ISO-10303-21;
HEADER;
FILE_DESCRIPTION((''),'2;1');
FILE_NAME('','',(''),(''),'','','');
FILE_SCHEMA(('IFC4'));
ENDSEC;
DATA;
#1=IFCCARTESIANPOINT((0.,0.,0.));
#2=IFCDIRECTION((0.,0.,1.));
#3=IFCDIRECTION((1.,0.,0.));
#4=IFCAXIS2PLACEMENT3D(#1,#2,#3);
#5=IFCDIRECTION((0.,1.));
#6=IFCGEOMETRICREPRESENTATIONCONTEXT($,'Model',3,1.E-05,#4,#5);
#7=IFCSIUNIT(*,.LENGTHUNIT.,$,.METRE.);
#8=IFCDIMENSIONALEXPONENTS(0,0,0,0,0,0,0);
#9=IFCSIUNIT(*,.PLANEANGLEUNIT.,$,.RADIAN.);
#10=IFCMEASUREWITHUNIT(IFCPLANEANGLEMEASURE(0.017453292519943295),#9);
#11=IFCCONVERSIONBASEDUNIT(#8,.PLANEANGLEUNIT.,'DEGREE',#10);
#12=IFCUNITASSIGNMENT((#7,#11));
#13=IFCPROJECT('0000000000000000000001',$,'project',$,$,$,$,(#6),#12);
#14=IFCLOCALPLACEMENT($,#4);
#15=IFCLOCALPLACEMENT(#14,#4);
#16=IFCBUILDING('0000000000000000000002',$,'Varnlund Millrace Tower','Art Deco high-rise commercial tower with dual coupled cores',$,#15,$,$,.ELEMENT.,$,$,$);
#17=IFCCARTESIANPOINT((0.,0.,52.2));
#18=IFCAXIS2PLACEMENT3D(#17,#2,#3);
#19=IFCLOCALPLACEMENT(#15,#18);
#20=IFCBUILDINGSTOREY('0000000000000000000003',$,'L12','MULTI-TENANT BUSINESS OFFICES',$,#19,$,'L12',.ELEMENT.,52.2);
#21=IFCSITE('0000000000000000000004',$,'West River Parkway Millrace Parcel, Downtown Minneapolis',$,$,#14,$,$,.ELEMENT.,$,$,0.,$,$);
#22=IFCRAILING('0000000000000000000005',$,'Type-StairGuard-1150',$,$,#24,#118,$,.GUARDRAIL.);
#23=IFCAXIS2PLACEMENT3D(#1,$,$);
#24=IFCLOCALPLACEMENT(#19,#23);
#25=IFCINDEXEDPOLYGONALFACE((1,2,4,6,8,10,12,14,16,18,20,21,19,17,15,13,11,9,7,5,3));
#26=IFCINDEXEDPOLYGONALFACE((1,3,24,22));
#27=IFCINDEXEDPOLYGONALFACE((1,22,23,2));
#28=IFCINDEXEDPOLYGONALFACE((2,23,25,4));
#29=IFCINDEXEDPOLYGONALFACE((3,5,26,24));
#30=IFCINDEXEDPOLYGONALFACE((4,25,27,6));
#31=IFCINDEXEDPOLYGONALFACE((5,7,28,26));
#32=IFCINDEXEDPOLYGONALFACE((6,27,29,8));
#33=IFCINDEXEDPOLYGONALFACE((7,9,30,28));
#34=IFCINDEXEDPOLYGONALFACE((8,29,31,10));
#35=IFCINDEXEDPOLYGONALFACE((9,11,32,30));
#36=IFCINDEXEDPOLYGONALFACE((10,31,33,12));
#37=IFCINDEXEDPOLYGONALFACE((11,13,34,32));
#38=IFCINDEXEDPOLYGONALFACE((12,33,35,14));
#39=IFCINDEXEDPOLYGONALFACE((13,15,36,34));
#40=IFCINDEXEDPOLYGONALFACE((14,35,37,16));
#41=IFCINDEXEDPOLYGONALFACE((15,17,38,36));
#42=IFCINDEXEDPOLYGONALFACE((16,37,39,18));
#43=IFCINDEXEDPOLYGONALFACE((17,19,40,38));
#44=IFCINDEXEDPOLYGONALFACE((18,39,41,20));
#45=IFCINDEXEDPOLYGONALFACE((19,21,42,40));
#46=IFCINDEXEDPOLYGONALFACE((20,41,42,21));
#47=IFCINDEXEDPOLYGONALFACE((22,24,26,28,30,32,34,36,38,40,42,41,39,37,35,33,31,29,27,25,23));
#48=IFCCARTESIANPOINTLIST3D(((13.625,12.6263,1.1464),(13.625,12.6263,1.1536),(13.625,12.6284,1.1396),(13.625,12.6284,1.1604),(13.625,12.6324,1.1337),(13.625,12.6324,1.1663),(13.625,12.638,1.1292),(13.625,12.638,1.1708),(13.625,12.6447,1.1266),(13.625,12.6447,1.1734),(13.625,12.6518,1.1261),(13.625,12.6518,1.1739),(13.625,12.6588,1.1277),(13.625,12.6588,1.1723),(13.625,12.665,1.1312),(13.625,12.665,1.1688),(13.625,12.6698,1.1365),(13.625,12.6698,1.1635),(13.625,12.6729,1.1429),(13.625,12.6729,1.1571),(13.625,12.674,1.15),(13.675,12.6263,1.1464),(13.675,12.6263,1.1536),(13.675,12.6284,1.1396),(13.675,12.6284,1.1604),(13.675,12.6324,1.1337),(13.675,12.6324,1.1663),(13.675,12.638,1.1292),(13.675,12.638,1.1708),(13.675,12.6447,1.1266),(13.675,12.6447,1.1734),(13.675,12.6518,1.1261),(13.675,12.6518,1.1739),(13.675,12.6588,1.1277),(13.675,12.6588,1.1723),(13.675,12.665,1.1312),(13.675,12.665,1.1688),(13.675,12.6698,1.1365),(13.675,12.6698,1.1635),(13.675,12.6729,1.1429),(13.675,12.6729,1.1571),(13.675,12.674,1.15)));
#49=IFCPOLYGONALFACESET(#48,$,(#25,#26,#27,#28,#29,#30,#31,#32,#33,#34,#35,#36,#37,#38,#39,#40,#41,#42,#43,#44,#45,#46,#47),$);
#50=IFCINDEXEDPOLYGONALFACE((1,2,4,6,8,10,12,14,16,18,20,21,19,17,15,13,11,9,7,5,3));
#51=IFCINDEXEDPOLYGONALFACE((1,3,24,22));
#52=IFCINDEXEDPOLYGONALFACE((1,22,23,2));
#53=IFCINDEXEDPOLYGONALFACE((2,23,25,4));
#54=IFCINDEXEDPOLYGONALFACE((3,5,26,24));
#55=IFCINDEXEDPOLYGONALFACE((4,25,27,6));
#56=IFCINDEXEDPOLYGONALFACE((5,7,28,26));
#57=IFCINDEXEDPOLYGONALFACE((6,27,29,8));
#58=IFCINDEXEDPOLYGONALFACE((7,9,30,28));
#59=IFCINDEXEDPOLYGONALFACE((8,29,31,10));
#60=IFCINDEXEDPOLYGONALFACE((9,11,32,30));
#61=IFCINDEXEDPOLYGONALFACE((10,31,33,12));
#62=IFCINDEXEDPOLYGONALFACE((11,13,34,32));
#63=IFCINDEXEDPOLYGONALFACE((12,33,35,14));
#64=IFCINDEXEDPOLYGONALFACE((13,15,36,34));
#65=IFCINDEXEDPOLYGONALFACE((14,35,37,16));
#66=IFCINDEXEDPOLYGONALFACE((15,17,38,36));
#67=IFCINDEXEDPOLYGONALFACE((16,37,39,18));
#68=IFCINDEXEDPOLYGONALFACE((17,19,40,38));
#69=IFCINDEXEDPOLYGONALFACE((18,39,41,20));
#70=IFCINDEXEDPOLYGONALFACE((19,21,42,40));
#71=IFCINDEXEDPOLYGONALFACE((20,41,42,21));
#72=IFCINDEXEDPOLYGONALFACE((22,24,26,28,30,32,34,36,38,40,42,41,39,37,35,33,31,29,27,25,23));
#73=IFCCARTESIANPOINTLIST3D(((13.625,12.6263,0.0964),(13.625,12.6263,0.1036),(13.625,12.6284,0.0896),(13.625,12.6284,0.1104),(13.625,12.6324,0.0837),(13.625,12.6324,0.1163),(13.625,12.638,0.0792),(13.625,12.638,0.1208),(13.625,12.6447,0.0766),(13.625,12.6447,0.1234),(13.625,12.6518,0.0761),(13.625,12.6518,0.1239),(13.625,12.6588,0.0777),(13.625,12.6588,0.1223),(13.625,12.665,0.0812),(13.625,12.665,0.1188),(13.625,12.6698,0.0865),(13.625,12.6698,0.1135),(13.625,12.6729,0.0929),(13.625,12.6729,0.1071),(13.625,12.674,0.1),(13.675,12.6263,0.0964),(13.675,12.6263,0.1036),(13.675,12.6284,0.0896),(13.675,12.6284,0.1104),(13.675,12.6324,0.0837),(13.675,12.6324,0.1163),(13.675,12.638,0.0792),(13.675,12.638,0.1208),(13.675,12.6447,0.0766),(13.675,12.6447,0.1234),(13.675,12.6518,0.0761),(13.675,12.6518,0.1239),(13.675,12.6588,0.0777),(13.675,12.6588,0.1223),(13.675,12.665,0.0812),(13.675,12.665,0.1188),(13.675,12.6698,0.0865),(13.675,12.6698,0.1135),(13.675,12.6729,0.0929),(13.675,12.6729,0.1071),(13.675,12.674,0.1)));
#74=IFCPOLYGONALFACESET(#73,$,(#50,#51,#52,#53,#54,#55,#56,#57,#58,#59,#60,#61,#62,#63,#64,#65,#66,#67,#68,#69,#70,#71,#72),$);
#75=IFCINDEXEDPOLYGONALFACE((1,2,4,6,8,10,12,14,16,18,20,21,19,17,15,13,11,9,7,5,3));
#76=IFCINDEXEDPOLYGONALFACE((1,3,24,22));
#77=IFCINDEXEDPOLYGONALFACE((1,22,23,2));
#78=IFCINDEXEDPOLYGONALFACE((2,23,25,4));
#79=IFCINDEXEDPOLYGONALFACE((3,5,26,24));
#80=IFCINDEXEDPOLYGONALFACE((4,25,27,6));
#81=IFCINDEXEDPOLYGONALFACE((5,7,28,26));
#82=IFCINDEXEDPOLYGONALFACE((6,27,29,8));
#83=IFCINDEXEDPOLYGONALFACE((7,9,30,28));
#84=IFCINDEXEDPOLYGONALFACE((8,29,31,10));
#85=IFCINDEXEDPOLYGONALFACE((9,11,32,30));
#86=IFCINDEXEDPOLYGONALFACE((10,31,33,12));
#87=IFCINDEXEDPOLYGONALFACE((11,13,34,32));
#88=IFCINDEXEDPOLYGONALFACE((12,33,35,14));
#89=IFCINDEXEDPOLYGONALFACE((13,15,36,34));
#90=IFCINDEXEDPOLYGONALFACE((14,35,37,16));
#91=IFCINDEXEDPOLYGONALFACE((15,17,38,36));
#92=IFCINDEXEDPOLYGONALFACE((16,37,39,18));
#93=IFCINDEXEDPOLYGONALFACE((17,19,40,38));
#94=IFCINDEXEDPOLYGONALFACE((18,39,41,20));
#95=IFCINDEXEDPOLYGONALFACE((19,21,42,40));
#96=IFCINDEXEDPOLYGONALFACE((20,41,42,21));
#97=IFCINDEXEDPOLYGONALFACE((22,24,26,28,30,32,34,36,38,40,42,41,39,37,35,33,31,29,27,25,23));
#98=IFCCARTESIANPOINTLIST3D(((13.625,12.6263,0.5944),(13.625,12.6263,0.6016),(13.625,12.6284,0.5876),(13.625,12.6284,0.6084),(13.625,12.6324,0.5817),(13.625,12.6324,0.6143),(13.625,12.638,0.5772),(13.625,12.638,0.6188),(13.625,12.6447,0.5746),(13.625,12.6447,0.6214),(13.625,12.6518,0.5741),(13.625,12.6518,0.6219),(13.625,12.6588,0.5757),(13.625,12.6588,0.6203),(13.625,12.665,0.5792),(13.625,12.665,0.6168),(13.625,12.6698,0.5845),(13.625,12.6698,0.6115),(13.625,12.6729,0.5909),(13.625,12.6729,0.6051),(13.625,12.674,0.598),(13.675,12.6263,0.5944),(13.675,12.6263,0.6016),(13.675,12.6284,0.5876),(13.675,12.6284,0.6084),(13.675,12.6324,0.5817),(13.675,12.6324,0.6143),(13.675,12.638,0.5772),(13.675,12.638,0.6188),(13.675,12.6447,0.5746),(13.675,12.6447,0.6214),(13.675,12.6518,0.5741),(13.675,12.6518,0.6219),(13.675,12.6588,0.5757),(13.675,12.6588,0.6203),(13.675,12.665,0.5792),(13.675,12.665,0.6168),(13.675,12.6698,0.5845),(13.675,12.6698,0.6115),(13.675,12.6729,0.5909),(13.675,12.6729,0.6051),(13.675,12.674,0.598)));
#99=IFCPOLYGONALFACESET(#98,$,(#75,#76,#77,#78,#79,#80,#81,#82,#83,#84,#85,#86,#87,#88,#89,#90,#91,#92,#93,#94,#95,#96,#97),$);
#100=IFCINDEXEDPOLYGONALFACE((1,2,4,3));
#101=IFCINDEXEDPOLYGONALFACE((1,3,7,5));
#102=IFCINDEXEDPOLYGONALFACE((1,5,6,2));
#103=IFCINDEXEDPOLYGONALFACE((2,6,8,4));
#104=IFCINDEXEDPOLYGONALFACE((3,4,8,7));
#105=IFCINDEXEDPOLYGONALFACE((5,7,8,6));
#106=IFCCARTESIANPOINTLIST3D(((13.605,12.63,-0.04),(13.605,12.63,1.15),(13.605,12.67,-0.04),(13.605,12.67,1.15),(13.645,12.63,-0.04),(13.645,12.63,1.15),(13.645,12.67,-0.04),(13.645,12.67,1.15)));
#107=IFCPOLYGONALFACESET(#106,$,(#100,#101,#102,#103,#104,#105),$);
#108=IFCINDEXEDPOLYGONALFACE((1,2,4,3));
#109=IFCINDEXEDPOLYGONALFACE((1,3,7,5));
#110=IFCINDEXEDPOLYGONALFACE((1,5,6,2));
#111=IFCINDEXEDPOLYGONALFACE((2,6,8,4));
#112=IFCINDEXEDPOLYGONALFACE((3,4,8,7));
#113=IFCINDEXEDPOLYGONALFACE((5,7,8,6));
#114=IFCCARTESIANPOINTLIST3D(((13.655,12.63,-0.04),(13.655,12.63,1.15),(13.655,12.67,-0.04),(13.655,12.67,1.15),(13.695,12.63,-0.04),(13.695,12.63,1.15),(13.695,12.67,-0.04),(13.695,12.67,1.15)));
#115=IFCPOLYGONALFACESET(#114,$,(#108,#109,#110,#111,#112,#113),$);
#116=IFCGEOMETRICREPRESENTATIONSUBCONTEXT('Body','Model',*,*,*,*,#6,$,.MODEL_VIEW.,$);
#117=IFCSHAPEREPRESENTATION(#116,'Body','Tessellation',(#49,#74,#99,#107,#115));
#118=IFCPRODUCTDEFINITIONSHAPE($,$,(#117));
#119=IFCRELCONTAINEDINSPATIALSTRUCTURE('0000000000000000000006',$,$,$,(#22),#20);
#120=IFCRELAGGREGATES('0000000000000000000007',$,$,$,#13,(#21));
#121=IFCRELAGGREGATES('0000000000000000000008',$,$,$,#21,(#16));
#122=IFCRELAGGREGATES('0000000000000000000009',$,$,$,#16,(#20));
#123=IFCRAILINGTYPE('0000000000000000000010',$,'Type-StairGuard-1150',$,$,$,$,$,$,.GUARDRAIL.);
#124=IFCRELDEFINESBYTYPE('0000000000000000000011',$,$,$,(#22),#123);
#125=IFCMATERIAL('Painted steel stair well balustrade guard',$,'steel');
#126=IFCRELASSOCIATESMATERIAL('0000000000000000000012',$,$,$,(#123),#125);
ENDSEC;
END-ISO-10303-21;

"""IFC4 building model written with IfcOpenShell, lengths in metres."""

from ifc_helpers import new_model, entity, si_unit, converted_unit, direction, frame, origin_with_axes, origin_2d_with_axis, place, context, subcontext, project, spatial, rectangle, circle, extrude, material, type_object, element, save


model = new_model("IFC4")

# Units and contexts
model_context = context("Model", 3, precision=1e-05, world=origin_with_axes(), true_north=direction((0.0, 1.0)))
body_context = subcontext(model_context, "Body", "Model", "MODEL_VIEW")
ifc_project = project(units=[si_unit("LENGTHUNIT", "METRE"), converted_unit("PLANEANGLEUNIT", "DEGREE", entity("IfcPlaneAngleMeasure", 0.017453292519943295), si_unit("PLANEANGLEUNIT", "RADIAN"), dimensions=[0, 0, 0, 0, 0, 0, 0])], contexts=[model_context])

# Site, building, storey
site_placement = place(None, origin_with_axes())
site = spatial("IfcSite", under=ifc_project, at=site_placement, Name="West River Parkway Millrace Parcel, Downtown Minneapolis", CompositionType="ELEMENT", RefElevation=0.0)
building_placement = place(site_placement, origin_with_axes())
building = spatial("IfcBuilding", under=site, at=building_placement, Name="Varnlund Millrace Tower", Description="Art Deco high-rise commercial tower with dual coupled cores", CompositionType="ELEMENT")
storey_placement = place(building_placement, frame((0.0, 0.0, 52.2), z_axis=(0.0, 0.0, 1.0), x_axis=(1.0, 0.0, 0.0)))
storey = spatial("IfcBuildingStorey", under=building, at=storey_placement, Name="L12", Description="MULTI-TENANT BUSINESS OFFICES", LongName="L12", CompositionType="ELEMENT", Elevation=52.2)

# Railing
ifc_material_1 = material(Name="Painted steel stair well balustrade guard", Category="steel")
railing_type_1 = type_object("IfcRailingType", Name="Type-StairGuard-1150", PredefinedType="GUARDRAIL", material=ifc_material_1)
railing_1_placement = place(storey_placement, frame((0.0, 0.0, -52.2), z_axis=(0.0, 0.0, 1.0), x_axis=(1.0, 0.0, 0.0)))
element("IfcRailing", 1, at=railing_1_placement, inside=storey, type_object=railing_type_1, Name="Type-StairGuard-1150", PredefinedType="GUARDRAIL", context=body_context, shape_type="SweptSolid", body=[
    extrude(circle(Radius=0.024, at=origin_2d_with_axis()), frame((13.625, 12.65, 53.35), z_axis=(1.0, 0.0, 0.0), x_axis=(0.0, 1.0, 0.0)), (0.0, 0.0, 1.0), 0.05),
    extrude(circle(Radius=0.024, at=origin_2d_with_axis()), frame((13.625, 12.65, 52.3), z_axis=(1.0, 0.0, 0.0), x_axis=(0.0, 1.0, 0.0)), (0.0, 0.0, 1.0), 0.05),
    extrude(circle(Radius=0.024, at=origin_2d_with_axis()), frame((13.625, 12.65, 52.798), z_axis=(1.0, 0.0, 0.0), x_axis=(0.0, 1.0, 0.0)), (0.0, 0.0, 1.0), 0.05),
    extrude(rectangle(XDim=0.04, YDim=0.04, at=origin_2d_with_axis()), frame((13.625, 12.65, 52.16), z_axis=(0.0, 0.0, 1.0), x_axis=(1.0, 0.0, 0.0)), (0.0, 0.0, 1.0), 1.19),
    extrude(rectangle(XDim=0.04, YDim=0.04, at=origin_2d_with_axis()), frame((13.675, 12.65, 52.16), z_axis=(0.0, 0.0, 1.0), x_axis=(1.0, 0.0, 0.0)), (0.0, 0.0, 1.0), 1.19),
])

save(model, "model.ifc")
